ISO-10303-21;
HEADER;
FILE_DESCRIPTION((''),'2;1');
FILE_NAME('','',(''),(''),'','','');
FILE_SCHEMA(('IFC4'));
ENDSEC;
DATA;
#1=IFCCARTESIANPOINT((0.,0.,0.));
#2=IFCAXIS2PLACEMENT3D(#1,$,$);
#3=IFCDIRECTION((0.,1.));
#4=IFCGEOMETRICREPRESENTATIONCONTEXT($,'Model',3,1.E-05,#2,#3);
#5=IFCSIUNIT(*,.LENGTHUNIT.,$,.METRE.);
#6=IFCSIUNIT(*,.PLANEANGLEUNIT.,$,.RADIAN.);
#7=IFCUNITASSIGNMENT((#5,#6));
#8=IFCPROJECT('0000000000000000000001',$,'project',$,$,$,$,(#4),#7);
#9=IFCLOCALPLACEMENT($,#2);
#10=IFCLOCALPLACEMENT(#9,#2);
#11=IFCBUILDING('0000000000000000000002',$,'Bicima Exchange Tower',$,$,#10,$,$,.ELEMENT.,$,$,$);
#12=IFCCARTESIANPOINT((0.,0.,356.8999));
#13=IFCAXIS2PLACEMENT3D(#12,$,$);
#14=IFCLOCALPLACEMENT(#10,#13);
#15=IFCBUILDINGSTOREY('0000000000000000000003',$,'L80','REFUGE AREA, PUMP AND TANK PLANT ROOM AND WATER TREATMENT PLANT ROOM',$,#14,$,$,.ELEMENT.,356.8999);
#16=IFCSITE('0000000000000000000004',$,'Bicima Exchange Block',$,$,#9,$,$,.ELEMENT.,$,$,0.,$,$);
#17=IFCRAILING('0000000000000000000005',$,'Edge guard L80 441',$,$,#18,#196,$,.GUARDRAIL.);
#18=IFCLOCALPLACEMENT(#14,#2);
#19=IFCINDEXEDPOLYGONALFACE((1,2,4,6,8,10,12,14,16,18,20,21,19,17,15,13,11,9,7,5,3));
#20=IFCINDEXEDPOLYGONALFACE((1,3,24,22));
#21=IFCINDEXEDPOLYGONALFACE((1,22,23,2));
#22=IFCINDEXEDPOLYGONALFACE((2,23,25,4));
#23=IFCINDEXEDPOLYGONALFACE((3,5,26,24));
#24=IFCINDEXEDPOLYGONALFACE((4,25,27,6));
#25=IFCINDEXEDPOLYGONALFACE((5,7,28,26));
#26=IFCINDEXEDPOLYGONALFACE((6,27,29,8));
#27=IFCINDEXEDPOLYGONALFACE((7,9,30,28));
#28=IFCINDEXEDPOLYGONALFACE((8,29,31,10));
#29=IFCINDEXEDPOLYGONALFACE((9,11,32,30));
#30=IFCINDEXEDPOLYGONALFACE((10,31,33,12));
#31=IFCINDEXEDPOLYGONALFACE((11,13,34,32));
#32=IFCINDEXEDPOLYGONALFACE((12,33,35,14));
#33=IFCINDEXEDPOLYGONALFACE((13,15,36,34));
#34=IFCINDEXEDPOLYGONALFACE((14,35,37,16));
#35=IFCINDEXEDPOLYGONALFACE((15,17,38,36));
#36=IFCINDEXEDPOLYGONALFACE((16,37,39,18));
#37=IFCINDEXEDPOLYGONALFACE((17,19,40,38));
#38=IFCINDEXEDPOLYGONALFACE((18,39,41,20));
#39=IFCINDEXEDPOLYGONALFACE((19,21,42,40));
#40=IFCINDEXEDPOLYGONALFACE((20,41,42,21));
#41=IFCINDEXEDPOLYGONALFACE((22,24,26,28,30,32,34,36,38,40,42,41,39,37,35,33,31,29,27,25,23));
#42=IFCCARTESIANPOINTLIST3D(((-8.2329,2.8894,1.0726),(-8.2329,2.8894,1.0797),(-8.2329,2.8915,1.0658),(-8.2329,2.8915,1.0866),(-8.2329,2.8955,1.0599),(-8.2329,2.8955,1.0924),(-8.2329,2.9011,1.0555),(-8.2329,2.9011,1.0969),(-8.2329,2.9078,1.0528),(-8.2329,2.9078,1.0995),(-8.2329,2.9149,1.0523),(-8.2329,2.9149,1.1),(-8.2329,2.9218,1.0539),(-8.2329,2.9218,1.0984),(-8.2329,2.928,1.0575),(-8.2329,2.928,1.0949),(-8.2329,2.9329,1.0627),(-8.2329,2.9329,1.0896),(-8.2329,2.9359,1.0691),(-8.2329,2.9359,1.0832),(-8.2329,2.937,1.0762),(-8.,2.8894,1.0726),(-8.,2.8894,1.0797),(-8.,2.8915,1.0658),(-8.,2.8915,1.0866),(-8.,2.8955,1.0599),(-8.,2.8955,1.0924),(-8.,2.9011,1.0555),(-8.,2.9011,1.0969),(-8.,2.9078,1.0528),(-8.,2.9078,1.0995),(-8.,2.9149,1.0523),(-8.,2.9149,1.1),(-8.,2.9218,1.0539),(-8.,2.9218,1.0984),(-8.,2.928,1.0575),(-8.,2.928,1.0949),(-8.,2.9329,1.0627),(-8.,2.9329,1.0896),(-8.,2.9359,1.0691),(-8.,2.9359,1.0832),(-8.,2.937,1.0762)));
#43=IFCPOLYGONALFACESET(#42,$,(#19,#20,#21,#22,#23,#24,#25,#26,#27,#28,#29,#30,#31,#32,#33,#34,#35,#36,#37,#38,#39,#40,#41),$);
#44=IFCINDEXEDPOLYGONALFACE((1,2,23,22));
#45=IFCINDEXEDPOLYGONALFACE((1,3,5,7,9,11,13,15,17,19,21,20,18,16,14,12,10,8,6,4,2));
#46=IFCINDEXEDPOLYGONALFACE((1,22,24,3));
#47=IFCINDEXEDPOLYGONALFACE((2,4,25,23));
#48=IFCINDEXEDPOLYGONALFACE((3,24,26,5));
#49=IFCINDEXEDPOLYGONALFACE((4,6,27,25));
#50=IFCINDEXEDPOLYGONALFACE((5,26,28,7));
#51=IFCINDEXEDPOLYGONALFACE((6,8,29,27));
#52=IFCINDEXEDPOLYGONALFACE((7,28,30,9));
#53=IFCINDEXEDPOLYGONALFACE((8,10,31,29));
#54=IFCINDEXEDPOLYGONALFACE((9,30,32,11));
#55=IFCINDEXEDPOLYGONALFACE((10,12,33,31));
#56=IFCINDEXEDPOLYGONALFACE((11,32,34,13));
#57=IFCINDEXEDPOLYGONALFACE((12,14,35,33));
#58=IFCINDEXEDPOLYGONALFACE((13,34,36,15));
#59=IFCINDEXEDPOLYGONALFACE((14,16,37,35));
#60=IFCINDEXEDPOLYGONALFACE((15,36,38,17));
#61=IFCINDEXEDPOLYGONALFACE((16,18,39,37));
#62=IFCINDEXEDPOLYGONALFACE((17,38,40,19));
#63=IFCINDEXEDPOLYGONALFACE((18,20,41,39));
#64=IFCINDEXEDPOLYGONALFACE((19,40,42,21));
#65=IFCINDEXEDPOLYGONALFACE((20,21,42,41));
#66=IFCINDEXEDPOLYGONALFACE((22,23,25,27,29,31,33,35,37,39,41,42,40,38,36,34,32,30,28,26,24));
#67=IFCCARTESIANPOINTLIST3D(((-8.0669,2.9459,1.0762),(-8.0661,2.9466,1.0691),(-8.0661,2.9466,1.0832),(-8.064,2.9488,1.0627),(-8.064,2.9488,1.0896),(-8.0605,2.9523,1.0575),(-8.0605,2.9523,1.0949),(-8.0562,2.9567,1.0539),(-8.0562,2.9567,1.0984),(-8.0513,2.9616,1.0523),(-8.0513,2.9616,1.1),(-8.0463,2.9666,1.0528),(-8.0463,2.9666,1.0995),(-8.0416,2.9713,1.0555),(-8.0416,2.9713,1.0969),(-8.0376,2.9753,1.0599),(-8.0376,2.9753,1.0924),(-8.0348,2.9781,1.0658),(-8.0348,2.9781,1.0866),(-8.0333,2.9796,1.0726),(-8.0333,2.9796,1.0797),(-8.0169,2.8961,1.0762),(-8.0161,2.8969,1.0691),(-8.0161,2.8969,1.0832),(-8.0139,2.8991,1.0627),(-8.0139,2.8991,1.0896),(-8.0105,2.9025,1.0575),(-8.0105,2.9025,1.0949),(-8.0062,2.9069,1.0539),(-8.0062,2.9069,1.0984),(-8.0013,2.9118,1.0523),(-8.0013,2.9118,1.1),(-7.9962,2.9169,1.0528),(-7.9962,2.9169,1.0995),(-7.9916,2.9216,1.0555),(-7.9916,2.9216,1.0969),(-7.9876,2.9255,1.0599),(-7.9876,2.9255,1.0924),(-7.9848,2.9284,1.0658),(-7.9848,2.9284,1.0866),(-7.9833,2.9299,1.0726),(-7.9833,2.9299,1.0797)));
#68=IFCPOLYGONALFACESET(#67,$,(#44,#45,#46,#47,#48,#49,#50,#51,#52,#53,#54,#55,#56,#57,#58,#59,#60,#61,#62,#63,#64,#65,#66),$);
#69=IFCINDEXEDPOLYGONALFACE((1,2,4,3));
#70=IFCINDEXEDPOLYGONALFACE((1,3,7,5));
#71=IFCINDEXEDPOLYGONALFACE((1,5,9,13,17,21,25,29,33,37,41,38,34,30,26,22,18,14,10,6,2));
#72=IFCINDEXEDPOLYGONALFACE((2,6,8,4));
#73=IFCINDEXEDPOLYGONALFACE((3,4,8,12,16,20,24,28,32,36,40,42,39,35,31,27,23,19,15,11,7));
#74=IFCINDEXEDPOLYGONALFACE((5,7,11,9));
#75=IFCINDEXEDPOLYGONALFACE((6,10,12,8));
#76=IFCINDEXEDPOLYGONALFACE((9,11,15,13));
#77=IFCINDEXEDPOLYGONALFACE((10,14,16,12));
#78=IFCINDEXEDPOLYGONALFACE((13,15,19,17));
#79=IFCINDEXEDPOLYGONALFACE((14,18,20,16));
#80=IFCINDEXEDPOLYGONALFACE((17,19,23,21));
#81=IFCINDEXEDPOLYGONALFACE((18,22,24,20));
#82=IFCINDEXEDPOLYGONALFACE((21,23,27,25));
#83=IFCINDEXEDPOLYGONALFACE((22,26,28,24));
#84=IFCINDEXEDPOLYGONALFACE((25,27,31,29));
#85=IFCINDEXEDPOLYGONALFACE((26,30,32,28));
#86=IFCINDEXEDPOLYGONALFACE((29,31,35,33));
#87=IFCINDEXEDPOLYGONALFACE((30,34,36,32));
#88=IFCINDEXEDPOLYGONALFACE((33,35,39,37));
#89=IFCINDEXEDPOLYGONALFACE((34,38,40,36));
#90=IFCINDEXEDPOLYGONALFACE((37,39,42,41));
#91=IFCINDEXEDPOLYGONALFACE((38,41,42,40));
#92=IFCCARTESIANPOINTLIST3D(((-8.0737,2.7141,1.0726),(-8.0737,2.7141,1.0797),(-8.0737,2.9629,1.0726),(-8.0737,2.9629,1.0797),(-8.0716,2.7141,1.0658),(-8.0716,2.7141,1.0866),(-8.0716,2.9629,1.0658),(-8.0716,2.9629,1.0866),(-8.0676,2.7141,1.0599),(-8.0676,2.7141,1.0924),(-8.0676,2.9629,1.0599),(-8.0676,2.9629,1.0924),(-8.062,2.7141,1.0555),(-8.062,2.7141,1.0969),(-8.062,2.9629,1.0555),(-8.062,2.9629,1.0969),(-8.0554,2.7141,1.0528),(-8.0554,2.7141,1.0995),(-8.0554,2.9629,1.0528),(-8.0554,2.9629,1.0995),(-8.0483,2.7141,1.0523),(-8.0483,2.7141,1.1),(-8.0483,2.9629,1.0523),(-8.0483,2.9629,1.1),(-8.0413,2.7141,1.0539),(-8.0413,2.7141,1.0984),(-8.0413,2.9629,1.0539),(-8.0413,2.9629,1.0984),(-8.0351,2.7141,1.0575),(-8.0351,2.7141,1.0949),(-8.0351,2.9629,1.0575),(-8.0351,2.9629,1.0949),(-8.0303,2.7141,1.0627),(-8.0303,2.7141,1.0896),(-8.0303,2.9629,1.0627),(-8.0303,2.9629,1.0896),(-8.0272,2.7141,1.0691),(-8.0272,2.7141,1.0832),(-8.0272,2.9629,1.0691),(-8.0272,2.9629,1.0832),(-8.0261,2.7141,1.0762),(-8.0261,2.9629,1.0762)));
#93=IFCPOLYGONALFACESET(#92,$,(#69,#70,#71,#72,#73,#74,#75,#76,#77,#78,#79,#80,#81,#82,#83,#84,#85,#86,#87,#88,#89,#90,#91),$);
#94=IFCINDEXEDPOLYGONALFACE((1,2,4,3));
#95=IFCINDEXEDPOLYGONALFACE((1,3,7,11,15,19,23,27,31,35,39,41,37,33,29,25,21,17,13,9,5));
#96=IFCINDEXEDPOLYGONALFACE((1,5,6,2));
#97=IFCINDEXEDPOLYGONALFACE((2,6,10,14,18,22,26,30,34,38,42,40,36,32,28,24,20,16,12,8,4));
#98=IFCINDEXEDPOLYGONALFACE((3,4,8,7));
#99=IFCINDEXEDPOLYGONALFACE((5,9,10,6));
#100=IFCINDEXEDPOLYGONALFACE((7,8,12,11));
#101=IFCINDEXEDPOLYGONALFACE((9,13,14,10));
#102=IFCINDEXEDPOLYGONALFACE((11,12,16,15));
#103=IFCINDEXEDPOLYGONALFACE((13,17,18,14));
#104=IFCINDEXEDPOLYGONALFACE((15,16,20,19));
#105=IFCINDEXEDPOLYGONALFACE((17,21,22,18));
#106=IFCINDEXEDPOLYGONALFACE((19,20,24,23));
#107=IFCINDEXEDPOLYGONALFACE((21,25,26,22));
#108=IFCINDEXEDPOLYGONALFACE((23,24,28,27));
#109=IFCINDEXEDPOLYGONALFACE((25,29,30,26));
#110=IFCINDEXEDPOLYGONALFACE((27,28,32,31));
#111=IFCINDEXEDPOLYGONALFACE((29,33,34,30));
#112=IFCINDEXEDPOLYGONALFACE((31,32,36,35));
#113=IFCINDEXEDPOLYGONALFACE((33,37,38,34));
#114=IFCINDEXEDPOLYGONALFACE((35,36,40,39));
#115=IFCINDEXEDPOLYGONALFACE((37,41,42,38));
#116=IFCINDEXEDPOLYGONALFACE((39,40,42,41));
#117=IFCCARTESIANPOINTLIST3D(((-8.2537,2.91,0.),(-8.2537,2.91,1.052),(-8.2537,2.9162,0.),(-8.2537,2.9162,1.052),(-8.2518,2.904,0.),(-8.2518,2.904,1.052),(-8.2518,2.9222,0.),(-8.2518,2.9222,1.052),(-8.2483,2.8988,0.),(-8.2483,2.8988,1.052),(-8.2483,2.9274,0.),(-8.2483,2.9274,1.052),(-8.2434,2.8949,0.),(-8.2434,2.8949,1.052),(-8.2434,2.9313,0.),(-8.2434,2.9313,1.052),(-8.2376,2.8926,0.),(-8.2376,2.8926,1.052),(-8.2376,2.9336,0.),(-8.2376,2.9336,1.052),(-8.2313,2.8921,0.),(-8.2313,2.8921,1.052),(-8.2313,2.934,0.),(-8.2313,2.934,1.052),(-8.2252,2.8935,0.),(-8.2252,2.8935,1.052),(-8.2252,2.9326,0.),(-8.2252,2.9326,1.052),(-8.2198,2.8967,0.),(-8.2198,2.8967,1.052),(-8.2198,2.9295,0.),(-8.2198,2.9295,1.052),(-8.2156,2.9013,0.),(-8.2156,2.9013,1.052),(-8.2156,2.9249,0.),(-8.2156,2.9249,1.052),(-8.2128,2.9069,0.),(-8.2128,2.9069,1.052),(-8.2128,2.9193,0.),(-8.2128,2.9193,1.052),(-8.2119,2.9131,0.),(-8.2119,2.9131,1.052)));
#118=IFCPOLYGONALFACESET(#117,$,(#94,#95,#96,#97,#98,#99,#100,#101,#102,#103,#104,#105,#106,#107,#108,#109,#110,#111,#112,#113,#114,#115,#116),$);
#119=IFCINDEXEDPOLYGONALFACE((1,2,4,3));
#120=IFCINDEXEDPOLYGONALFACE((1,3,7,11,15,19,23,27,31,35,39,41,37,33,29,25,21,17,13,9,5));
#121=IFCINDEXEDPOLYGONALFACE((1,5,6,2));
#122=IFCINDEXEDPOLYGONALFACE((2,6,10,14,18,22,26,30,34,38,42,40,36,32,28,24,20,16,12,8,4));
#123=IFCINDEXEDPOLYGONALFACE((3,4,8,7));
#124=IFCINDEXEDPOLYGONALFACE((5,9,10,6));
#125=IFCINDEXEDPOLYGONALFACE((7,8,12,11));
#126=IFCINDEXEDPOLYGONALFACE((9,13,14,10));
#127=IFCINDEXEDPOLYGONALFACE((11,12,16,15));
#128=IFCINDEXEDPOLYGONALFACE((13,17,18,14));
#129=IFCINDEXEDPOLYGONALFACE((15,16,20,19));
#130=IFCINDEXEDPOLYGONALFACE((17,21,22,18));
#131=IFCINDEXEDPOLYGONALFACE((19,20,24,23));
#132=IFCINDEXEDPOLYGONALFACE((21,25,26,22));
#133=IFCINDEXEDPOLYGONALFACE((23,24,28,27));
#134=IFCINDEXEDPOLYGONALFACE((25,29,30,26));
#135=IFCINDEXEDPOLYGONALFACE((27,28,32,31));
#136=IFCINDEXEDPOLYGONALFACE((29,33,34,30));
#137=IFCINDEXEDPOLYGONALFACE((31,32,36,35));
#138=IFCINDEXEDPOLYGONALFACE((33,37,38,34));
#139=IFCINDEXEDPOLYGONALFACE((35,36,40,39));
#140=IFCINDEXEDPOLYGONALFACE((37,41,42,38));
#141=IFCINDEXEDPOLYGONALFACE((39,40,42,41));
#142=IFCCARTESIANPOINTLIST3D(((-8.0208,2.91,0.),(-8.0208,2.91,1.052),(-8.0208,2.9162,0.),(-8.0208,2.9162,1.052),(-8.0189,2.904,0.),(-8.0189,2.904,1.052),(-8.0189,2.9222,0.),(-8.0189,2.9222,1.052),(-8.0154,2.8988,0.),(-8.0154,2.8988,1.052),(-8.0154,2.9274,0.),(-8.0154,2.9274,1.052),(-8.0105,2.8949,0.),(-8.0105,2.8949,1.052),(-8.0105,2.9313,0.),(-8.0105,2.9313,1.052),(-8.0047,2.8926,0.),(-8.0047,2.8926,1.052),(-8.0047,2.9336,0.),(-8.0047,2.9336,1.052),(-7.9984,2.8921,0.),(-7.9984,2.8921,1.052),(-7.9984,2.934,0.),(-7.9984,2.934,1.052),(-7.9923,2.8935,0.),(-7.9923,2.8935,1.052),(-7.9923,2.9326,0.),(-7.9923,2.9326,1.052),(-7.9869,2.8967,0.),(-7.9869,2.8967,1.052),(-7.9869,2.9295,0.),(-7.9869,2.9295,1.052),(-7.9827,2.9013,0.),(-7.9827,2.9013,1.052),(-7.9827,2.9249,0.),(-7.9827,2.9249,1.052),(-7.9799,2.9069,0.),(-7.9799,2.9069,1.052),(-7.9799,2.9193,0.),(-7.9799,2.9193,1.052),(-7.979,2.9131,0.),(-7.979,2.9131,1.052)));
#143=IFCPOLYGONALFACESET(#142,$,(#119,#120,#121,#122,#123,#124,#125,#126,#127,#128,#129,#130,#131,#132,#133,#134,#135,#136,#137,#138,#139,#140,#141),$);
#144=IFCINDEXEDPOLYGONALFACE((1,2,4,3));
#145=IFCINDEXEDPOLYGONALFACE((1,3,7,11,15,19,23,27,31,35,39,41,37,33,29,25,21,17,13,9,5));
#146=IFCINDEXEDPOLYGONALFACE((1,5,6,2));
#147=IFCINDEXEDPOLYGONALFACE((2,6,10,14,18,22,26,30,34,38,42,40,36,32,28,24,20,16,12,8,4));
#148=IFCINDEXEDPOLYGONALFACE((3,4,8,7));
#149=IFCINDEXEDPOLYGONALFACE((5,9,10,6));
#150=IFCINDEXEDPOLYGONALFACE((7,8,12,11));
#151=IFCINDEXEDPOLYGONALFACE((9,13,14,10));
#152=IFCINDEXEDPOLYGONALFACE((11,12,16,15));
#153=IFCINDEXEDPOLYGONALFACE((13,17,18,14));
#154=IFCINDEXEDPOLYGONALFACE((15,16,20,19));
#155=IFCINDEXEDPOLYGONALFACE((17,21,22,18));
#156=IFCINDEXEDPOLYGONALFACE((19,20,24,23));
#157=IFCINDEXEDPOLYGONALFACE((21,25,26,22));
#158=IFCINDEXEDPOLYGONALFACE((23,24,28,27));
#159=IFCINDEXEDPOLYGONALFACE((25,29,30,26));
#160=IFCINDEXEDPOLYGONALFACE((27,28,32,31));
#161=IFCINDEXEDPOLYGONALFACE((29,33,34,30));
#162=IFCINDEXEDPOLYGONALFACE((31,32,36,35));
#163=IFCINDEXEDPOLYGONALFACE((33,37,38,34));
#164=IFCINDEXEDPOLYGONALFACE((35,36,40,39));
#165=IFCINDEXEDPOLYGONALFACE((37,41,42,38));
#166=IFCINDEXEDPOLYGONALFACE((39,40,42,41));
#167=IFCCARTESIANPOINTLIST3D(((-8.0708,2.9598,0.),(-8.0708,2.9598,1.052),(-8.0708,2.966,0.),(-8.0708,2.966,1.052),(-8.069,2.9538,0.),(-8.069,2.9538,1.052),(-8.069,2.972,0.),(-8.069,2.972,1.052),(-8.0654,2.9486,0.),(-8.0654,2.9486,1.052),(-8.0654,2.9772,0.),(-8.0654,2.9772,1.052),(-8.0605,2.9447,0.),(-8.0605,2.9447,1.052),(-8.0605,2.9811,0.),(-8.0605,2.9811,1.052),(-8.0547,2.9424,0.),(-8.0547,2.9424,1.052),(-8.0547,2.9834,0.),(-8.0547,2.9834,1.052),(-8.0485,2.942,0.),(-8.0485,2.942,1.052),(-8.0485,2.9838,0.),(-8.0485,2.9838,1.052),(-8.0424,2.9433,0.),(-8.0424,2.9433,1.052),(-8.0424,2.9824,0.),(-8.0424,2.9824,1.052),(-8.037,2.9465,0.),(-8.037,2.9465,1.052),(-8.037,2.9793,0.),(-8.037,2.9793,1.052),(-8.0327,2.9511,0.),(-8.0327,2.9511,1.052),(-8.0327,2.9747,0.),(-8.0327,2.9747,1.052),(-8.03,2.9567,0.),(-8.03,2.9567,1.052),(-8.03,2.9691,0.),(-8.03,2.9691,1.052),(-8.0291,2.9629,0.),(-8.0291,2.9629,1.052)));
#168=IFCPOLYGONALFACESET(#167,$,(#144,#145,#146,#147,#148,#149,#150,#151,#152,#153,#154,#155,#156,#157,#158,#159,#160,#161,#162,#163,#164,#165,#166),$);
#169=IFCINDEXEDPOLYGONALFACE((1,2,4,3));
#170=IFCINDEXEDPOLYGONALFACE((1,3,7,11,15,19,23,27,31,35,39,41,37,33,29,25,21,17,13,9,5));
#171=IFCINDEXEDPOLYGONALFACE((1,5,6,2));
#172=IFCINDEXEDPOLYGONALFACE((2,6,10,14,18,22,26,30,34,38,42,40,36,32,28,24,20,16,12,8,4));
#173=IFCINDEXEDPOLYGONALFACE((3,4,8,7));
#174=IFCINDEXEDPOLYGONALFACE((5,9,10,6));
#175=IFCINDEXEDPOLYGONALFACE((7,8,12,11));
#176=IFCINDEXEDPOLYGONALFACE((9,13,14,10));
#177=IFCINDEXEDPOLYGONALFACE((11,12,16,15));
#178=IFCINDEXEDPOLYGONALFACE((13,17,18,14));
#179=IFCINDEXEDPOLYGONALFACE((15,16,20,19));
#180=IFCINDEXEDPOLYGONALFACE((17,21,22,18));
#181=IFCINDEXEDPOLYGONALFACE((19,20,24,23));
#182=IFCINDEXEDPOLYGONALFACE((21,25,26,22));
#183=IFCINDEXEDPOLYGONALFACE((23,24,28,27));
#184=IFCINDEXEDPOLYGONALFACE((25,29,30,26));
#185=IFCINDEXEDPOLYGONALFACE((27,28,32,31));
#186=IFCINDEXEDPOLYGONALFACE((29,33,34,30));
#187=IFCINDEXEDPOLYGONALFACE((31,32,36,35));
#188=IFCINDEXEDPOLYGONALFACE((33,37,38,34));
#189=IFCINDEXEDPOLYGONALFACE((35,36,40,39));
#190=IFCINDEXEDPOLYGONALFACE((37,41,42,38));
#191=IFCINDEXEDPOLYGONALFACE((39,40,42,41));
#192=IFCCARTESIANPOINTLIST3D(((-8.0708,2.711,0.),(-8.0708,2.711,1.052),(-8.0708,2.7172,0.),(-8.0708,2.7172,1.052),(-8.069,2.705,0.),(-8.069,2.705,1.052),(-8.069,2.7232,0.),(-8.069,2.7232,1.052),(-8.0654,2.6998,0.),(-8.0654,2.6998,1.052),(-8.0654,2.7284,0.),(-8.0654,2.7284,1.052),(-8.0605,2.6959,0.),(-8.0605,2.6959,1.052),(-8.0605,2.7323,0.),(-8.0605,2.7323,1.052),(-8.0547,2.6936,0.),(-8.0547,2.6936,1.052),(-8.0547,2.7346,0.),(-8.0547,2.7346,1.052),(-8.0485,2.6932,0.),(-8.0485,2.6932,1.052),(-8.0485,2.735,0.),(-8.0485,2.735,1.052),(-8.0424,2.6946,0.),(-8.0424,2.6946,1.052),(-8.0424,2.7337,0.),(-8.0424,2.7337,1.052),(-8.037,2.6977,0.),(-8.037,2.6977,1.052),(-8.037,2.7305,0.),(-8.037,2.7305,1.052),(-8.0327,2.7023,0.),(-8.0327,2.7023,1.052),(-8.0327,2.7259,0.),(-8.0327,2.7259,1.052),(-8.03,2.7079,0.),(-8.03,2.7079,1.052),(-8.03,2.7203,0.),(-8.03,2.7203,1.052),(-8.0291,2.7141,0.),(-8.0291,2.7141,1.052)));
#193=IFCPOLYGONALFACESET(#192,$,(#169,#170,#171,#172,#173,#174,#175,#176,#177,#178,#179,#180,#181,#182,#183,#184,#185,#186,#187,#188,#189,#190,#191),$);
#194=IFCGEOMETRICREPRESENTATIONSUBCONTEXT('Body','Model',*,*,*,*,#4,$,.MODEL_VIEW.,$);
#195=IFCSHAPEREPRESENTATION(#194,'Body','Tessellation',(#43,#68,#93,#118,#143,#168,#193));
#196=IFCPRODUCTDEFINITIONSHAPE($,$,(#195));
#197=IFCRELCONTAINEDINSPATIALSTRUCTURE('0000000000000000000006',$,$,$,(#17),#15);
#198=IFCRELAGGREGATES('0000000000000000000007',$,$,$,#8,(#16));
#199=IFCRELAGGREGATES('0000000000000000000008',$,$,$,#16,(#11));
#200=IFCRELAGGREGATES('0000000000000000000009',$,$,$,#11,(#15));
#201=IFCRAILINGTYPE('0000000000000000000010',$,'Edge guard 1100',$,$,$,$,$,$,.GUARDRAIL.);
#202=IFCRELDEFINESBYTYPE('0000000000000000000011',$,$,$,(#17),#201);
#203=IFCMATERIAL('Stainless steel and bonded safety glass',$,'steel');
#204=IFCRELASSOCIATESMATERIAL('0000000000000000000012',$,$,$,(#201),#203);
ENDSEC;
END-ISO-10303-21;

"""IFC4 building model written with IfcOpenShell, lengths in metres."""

from ifc_helpers import new_model, si_unit, direction, frame, origin, origin_2d, place, context, subcontext, project, spatial, circle, extrude, material, type_object, element, save


model = new_model("IFC4")

# Units and contexts
model_context = context("Model", 3, precision=1e-05, world=origin(), true_north=direction((0.0, 1.0)))
body_context = subcontext(model_context, "Body", "Model", "MODEL_VIEW")
ifc_project = project(units=[si_unit("LENGTHUNIT", "METRE"), si_unit("PLANEANGLEUNIT", "RADIAN")], contexts=[model_context])

# Site, building, storey
site_placement = place(None, origin())
site = spatial("IfcSite", under=ifc_project, at=site_placement, Name="Bicima Exchange Block", CompositionType="ELEMENT", RefElevation=0.0)
building_placement = place(site_placement, origin())
building = spatial("IfcBuilding", under=site, at=building_placement, Name="Bicima Exchange Tower", CompositionType="ELEMENT")
storey_placement = place(building_placement, frame((0.0, 0.0, 356.8999)))
storey = spatial("IfcBuildingStorey", under=building, at=storey_placement, Name="L80", Description="REFUGE AREA, PUMP AND TANK PLANT ROOM AND WATER TREATMENT PLANT ROOM", CompositionType="ELEMENT", Elevation=356.8999)

# Railing
ifc_material_1 = material(Name="Stainless steel and bonded safety glass", Category="steel")
railing_type_1 = type_object("IfcRailingType", Name="Edge guard 1100", PredefinedType="GUARDRAIL", material=ifc_material_1)
railing_1_placement = place(storey_placement, frame((-8.2329, 2.9131, 0.0)))
element("IfcRailing", 1, at=railing_1_placement, inside=storey, type_object=railing_type_1, Name="Edge guard L80 441", PredefinedType="GUARDRAIL", context=body_context, shape_type="SweptSolid", body=[
    extrude(circle(Radius=0.0239, at=origin_2d()), frame((0.0, 0.0, 1.0762), z_axis=(1.0, 0.0, 0.0), x_axis=(0.0, 1.0, 0.0)), (0.0, 0.0, 1.0), 0.2329),
    extrude(circle(Radius=0.0239, at=origin_2d()), frame((0.2329, 0.0, 1.0762), z_axis=(-0.708834, 0.705376, 0.0), x_axis=(-0.705376, -0.708834, 0.0)), (0.0, 0.0, 1.0), 0.0706),
    extrude(circle(Radius=0.0239, at=origin_2d()), frame((0.1829, 0.0498, 1.0762), z_axis=(0.0, -1.0, 0.0), x_axis=(1.0, 0.0, 0.0)), (0.0, 0.0, 1.0), 0.2488),
    extrude(circle(Radius=0.021, at=origin_2d()), origin(), (0.0, 0.0, 1.0), 1.052),
    extrude(circle(Radius=0.021, at=origin_2d()), frame((0.2329, 0.0, 0.0)), (0.0, 0.0, 1.0), 1.052),
    extrude(circle(Radius=0.021, at=origin_2d()), frame((0.1829, 0.0498, 0.0)), (0.0, 0.0, 1.0), 1.052),
    extrude(circle(Radius=0.021, at=origin_2d()), frame((0.1829, -0.199, 0.0)), (0.0, 0.0, 1.0), 1.052),
])

save(model, "model.ifc")
